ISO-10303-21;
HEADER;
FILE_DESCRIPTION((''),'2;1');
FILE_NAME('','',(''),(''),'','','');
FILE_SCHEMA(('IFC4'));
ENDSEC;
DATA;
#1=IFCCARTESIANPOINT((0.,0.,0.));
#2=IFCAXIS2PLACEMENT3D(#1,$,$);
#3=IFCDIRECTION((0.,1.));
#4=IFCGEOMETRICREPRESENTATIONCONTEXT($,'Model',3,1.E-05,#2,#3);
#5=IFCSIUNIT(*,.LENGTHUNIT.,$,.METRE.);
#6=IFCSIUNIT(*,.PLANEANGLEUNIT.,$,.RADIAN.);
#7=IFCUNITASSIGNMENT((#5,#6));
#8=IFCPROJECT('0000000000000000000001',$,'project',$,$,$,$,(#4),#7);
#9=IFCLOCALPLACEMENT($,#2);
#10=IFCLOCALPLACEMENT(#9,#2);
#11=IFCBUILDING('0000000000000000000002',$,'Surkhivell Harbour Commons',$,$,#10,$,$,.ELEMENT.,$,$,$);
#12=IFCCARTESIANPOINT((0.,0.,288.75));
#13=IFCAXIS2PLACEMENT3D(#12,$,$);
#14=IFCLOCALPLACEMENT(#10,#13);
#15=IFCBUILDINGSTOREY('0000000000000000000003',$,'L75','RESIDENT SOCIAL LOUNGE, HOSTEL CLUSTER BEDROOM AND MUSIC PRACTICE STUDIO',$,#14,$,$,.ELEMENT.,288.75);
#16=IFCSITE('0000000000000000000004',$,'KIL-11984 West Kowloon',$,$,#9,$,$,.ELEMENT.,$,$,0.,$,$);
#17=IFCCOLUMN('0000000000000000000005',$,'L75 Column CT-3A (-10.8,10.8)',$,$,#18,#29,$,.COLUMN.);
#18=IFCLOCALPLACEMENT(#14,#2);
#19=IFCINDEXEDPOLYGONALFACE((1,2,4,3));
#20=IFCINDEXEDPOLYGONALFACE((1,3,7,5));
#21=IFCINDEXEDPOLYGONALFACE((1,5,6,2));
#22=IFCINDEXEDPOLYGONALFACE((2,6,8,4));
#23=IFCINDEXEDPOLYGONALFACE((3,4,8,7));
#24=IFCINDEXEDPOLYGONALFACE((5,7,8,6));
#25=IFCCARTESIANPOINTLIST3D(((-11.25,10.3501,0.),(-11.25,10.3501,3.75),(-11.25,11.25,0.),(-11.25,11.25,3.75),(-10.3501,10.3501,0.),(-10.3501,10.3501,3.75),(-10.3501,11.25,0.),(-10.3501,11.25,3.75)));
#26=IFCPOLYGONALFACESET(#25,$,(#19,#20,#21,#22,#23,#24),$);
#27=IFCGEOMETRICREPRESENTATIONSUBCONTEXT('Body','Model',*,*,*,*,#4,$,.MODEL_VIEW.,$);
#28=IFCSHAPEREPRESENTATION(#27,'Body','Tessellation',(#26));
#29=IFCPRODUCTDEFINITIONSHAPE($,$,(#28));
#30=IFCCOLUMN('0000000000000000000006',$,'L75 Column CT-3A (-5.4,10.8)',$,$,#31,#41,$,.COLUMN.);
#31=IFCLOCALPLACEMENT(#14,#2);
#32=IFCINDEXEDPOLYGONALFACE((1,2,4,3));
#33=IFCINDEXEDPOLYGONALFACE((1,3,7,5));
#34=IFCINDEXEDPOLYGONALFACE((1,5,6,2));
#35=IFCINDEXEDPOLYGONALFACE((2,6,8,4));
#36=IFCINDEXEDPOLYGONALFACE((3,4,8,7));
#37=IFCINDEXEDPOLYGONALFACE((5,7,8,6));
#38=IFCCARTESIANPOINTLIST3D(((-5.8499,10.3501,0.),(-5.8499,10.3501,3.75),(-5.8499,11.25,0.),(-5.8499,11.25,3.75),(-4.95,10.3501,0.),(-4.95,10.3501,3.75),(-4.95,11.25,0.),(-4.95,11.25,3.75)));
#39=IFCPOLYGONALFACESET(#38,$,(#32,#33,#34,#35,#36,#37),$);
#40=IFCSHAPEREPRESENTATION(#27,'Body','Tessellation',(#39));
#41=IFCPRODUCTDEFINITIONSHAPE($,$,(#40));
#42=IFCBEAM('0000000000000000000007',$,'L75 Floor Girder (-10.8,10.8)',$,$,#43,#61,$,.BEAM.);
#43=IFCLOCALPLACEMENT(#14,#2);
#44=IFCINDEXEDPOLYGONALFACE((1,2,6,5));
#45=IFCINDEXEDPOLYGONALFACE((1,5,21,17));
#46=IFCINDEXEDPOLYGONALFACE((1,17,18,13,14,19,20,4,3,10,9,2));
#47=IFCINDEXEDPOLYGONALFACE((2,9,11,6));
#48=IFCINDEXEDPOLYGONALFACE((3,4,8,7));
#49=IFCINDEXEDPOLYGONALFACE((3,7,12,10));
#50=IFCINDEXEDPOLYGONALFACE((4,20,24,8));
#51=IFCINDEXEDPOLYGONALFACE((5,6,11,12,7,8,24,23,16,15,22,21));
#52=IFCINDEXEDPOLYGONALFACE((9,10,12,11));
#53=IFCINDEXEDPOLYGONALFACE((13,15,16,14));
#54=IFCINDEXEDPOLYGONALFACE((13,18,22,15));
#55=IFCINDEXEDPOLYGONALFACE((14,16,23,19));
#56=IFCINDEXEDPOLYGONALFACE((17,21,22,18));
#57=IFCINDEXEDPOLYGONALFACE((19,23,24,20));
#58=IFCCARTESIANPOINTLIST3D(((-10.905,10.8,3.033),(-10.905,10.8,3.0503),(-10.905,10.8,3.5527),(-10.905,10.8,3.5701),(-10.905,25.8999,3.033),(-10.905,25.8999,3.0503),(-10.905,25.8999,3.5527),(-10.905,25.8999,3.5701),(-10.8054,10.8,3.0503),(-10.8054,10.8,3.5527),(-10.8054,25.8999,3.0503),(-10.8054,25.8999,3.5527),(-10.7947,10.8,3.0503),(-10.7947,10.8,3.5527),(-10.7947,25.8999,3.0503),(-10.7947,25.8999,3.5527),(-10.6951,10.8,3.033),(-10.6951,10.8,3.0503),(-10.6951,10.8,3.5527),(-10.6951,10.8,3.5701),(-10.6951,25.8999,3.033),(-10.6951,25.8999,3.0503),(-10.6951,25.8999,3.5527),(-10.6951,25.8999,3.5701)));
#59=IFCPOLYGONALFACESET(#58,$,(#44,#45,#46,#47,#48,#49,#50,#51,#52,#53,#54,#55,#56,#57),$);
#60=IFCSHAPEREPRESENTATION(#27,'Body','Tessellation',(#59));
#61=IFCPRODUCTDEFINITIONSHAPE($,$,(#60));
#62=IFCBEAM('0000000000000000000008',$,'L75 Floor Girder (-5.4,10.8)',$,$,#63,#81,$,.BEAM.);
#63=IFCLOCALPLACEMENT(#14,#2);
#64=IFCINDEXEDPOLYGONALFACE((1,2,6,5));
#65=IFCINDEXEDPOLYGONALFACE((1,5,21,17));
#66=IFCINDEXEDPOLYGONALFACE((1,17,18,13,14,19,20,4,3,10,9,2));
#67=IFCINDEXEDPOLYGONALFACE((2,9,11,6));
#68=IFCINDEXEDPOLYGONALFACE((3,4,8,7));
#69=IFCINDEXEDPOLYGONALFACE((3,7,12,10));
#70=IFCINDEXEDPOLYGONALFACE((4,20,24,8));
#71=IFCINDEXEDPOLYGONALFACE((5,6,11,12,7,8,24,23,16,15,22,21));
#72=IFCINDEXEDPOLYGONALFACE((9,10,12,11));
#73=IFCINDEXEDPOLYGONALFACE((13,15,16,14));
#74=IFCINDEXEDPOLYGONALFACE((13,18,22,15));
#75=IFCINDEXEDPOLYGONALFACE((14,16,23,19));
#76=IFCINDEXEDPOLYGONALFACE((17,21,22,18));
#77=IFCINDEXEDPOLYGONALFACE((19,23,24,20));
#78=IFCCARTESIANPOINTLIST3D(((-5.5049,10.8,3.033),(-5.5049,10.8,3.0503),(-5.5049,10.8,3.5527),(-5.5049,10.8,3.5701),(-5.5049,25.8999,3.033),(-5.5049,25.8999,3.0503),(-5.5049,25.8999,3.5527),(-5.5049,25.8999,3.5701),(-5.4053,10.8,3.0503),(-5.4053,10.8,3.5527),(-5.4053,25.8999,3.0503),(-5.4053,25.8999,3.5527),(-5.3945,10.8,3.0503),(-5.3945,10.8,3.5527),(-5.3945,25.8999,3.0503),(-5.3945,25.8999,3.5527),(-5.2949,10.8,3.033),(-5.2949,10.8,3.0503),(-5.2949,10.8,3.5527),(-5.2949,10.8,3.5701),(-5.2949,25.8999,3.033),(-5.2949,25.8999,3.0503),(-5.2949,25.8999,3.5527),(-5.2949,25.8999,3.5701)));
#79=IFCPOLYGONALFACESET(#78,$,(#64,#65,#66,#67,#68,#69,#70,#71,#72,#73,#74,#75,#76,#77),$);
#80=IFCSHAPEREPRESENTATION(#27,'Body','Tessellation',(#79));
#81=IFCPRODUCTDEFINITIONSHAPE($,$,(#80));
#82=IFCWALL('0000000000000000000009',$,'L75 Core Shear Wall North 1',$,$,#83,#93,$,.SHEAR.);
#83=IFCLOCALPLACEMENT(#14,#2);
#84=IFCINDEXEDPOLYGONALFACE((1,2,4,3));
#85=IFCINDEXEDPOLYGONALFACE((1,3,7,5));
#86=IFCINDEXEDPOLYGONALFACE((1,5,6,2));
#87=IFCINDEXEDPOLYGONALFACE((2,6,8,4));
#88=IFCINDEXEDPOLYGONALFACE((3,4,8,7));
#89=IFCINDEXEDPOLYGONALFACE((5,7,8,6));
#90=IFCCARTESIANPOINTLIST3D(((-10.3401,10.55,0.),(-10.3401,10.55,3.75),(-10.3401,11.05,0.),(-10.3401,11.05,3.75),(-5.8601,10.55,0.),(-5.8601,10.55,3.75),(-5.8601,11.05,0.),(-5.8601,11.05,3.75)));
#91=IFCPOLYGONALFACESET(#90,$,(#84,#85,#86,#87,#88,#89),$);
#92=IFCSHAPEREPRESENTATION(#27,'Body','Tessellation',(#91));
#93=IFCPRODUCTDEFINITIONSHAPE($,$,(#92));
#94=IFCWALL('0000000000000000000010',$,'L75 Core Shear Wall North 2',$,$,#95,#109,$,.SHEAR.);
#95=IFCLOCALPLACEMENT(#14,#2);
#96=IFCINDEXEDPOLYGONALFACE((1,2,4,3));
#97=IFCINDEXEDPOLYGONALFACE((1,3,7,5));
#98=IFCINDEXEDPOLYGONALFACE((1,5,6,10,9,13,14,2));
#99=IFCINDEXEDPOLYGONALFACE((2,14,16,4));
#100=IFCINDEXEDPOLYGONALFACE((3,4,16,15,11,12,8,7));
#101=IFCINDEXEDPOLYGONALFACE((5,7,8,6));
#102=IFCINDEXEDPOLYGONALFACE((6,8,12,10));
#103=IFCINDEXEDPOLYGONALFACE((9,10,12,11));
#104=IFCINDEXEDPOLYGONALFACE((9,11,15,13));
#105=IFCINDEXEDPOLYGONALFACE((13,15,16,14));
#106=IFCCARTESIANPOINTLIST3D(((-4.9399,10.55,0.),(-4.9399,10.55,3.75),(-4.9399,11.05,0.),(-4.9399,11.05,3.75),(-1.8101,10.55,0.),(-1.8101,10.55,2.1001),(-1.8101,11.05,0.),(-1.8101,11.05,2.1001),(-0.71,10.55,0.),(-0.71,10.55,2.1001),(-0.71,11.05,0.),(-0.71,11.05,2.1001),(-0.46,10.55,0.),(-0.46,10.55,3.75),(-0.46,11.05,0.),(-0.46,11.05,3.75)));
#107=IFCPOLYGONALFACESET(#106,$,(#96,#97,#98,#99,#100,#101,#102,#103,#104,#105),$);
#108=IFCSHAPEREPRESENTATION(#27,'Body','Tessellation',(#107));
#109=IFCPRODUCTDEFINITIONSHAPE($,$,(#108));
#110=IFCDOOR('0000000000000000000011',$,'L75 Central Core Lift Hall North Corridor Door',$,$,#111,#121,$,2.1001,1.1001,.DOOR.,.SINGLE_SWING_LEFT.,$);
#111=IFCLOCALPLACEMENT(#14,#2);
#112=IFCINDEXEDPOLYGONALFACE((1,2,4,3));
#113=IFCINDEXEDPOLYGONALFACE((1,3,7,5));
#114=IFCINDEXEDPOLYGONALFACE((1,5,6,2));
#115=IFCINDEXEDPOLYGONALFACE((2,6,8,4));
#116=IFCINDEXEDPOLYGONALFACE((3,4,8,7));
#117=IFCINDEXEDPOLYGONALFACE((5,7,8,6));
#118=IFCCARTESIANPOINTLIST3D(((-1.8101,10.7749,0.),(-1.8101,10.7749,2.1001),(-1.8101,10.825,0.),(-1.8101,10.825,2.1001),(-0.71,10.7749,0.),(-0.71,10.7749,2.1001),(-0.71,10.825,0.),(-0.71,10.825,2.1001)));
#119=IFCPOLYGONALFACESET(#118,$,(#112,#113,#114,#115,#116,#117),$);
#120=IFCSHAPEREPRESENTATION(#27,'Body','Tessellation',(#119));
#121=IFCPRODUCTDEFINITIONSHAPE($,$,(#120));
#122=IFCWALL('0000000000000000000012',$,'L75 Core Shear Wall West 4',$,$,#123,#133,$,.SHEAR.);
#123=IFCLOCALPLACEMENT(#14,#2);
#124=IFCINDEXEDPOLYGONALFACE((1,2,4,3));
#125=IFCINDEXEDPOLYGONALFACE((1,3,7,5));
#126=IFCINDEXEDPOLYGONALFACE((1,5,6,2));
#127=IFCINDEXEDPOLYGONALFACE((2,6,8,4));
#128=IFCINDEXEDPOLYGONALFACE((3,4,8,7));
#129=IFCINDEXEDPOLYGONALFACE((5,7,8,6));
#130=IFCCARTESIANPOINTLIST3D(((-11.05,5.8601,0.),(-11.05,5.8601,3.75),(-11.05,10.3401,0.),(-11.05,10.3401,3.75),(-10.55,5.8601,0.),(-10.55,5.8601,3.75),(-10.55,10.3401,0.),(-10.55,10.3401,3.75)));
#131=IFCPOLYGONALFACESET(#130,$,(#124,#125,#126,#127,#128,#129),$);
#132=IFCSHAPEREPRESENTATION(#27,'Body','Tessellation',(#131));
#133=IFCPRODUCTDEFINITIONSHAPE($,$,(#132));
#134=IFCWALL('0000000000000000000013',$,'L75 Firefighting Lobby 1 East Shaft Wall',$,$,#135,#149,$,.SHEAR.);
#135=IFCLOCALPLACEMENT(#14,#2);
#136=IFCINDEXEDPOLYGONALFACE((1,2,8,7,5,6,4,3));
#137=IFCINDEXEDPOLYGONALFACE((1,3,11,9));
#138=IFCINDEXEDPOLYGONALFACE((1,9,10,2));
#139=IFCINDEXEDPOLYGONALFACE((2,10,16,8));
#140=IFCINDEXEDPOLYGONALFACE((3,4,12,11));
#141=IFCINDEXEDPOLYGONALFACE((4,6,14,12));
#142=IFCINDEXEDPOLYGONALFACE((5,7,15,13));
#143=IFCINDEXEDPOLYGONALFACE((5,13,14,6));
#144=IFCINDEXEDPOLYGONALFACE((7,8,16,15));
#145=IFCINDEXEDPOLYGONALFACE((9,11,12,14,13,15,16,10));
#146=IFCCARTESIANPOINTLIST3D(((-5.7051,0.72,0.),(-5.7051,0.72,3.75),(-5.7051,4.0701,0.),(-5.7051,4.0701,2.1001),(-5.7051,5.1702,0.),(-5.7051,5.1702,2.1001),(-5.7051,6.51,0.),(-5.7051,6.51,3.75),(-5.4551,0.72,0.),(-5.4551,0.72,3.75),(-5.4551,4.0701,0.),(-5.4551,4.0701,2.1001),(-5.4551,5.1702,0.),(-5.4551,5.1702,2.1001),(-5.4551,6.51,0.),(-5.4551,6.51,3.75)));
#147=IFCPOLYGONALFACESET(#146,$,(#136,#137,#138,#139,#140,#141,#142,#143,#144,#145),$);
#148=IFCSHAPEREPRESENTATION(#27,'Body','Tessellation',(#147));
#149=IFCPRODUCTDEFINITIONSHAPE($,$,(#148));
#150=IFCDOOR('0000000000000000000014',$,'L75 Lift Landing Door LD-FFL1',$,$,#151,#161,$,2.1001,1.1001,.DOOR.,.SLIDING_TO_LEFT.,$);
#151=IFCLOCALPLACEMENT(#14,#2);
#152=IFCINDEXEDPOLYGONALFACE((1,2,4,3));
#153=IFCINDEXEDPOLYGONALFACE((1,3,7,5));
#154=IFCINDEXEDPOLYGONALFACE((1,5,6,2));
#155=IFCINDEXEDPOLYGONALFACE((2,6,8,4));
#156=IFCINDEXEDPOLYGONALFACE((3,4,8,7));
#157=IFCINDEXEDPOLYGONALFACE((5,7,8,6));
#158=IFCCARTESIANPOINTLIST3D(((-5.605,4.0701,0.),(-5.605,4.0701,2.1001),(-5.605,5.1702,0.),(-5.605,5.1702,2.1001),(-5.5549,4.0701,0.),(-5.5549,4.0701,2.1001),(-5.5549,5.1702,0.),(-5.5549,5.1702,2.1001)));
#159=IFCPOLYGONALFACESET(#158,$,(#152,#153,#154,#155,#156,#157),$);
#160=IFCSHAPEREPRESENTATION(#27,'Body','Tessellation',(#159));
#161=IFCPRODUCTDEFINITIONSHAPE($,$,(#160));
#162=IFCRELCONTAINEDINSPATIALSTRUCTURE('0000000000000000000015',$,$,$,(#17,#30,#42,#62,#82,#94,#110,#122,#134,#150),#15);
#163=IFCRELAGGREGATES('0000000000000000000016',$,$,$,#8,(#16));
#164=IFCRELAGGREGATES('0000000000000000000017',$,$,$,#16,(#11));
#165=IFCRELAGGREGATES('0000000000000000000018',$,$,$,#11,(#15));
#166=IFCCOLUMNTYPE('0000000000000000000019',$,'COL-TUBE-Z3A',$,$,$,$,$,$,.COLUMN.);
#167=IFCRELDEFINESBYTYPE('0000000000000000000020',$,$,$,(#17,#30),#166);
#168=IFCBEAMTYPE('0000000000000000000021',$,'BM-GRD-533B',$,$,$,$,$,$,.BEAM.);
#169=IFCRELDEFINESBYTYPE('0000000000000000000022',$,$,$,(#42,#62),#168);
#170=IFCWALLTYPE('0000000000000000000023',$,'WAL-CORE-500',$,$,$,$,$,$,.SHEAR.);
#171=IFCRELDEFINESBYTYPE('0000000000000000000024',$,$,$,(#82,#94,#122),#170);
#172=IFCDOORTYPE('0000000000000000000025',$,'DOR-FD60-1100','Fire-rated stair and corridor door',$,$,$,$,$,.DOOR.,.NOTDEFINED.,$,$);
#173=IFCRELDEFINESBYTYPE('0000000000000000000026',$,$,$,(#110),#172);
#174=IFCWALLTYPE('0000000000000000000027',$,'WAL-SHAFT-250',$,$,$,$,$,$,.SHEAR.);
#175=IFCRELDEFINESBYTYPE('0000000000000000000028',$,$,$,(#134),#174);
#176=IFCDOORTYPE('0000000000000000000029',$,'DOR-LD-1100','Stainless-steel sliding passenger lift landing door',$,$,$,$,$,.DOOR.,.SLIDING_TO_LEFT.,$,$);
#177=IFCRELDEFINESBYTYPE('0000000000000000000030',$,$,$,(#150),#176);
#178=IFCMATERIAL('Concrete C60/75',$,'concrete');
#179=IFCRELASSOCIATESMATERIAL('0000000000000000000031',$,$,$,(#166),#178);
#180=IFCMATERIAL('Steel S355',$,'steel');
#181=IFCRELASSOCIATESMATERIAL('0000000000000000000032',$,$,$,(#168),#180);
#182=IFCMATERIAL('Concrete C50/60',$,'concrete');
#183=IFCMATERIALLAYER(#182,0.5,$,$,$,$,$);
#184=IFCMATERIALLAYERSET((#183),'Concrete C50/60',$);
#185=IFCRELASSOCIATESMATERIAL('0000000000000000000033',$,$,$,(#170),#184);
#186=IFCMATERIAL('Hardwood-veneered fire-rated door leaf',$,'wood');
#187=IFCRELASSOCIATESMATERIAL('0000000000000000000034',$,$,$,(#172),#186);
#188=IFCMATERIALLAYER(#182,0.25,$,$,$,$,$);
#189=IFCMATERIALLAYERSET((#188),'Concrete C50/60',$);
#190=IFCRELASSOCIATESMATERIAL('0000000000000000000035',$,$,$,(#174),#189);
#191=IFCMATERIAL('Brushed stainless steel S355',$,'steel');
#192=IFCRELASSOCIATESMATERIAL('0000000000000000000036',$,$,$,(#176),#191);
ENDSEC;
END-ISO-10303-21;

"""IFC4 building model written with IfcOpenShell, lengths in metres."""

from ifc_helpers import new_model, si_unit, direction, frame, frame_2d, origin, origin_2d, place, context, subcontext, project, spatial, rectangle, i_section, extrude, material, layer, layer_set, material_profile, profile_set, type_object, element, fill, save


model = new_model("IFC4")

# Units and contexts
model_context = context("Model", 3, precision=1e-05, world=origin(), true_north=direction((0.0, 1.0)))
body_context = subcontext(model_context, "Body", "Model", "MODEL_VIEW")
ifc_project = project(units=[si_unit("LENGTHUNIT", "METRE"), si_unit("PLANEANGLEUNIT", "RADIAN")], contexts=[model_context])

# Site, building, storey
site_placement = place(None, origin())
site = spatial("IfcSite", under=ifc_project, at=site_placement, Name="KIL-11984 West Kowloon", CompositionType="ELEMENT", RefElevation=0.0)
building_placement = place(site_placement, origin())
building = spatial("IfcBuilding", under=site, at=building_placement, Name="Surkhivell Harbour Commons", CompositionType="ELEMENT")
storey_placement = place(building_placement, frame((0.0, 0.0, 288.75)))
storey = spatial("IfcBuildingStorey", under=building, at=storey_placement, Name="L75", Description="RESIDENT SOCIAL LOUNGE, HOSTEL CLUSTER BEDROOM AND MUSIC PRACTICE STUDIO", CompositionType="ELEMENT", Elevation=288.75)

# Columns
ifc_material_1 = material(Name="Concrete C60/75", Category="concrete")
ifc_material_profile_1 = material_profile(ifc_material_1, rectangle(XDim=0.8999, YDim=0.8999, at=origin_2d()), Name="RC-COL-900x900")
ifc_profile_set_1 = profile_set([ifc_material_profile_1], Name="Concrete C60/75")
column_type = type_object("IfcColumnType", Name="COL-TUBE-Z3A", PredefinedType="COLUMN", material=ifc_profile_set_1)
for number, where, z_axis, x_axis, name in (
    (1, (-10.8, 10.8, 0.0), (0.0, 0.0, 1.0), (1.0, 0.0, 0.0), "L75 Column CT-3A (-10.8,10.8)"),
    (2, (-5.3999, 10.8, 0.0), (0.0, 0.0, 1.0), (1.0, 0.0, 0.0), "L75 Column CT-3A (-5.4,10.8)"),
):
    element("IfcColumn", number, at=place(storey_placement, frame(where, z_axis=z_axis, x_axis=x_axis)), inside=storey, type_object=column_type, Name=name, PredefinedType="COLUMN", context=body_context, shape_type="SweptSolid", body=[
        extrude(rectangle(XDim=0.8999, YDim=0.8999, at=origin_2d()), origin(), (0.0, 0.0, 1.0), 3.75),
    ])

# Beams
ifc_material_2 = material(Name="Steel S355", Category="steel")
ifc_material_profile_2 = material_profile(ifc_material_2, i_section(OverallWidth=0.21, OverallDepth=0.5371, WebThickness=0.0107, FlangeThickness=0.0173, at=origin_2d()), Name="UB533x210x101")
ifc_profile_set_2 = profile_set([ifc_material_profile_2], Name="Steel S355")
beam_type = type_object("IfcBeamType", Name="BM-GRD-533B", PredefinedType="BEAM", material=ifc_profile_set_2)
for number, where, z_axis, x_axis, name in (
    (3, (-10.8, 10.8, 3.3015), (0.0, 1.0, 0.0), (-1.0, 0.0, 0.0), "L75 Floor Girder (-10.8,10.8)"),
    (4, (-5.3999, 10.8, 3.3015), (0.0, 1.0, 0.0), (-1.0, 0.0, 0.0), "L75 Floor Girder (-5.4,10.8)"),
):
    element("IfcBeam", number, at=place(storey_placement, frame(where, z_axis=z_axis, x_axis=x_axis)), inside=storey, type_object=beam_type, Name=name, PredefinedType="BEAM", context=body_context, shape_type="SweptSolid", body=[
        extrude(i_section(OverallWidth=0.21, OverallDepth=0.5371, WebThickness=0.0107, FlangeThickness=0.0173, at=origin_2d()), origin(), (0.0, 0.0, 1.0), 15.0999),
    ])

# Wall
ifc_material_3 = material(Name="Concrete C50/60", Category="concrete")
ifc_layer_1 = layer(ifc_material_3, 0.5)
ifc_layer_set_1 = layer_set([ifc_layer_1], Name="Concrete C50/60")
wall_type_1 = type_object("IfcWallType", Name="WAL-CORE-500", PredefinedType="SHEAR", material=ifc_layer_set_1)
wall_1_placement = place(storey_placement, frame((-10.3401, 10.8, 0.0), z_axis=(0.0, 0.0, 1.0), x_axis=(1.0, 0.0, 0.0)))
element("IfcWall", 5, at=wall_1_placement, inside=storey, type_object=wall_type_1, Name="L75 Core Shear Wall North 1", PredefinedType="SHEAR", context=body_context, shape_type="SweptSolid", body=[
    extrude(rectangle(XDim=4.48, YDim=0.5, at=frame_2d((2.24, 0.0))), origin(), (0.0, 0.0, 1.0), 3.75),
])

# Wall, opening, door
wall_2_placement = place(storey_placement, frame((-4.9399, 10.8, 0.0), z_axis=(0.0, 0.0, 1.0), x_axis=(1.0, 0.0, 0.0)))
wall_2 = element("IfcWall", 6, at=wall_2_placement, inside=storey, type_object=wall_type_1, Name="L75 Core Shear Wall North 2", PredefinedType="SHEAR", context=body_context, shape_type="SweptSolid", body=[
    extrude(rectangle(XDim=4.48, YDim=0.5, at=frame_2d((2.24, 0.0))), origin(), (0.0, 0.0, 1.0), 3.75),
])
opening_1_placement = place(wall_2_placement, frame((3.1299, 0.0, 0.0)))
opening_1 = element("IfcOpeningElement", 7, at=opening_1_placement, cuts=wall_2, PredefinedType="OPENING", context=body_context, shape_type="SweptSolid", body=[
    extrude(rectangle(XDim=1.1001, YDim=2.1001, at=frame_2d((0.55, 1.05))), frame((0.0, 0.26, 0.0), z_axis=(0.0, -1.0, 0.0), x_axis=(1.0, 0.0, 0.0)), (0.0, 0.0, 1.0), 0.52),
])
ifc_material_4 = material(Name="Hardwood-veneered fire-rated door leaf", Category="wood")
door_type_1 = type_object("IfcDoorType", Name="DOR-FD60-1100", Description="Fire-rated stair and corridor door", OperationType="NOTDEFINED", PredefinedType="DOOR", material=ifc_material_4)
door_1_placement = place(opening_1_placement, origin())
door_1 = element("IfcDoor", 8, at=door_1_placement, inside=storey, type_object=door_type_1, Name="L75 Central Core Lift Hall North Corridor Door", OperationType="SINGLE_SWING_LEFT", OverallHeight=2.1001, OverallWidth=1.1001, PredefinedType="DOOR", context=body_context, shape_type="SweptSolid", body=[
    extrude(rectangle(XDim=1.1001, YDim=2.1001, at=frame_2d((0.55, 1.05))), frame((0.0, 0.0249, 0.0), z_axis=(0.0, -1.0, 0.0), x_axis=(1.0, 0.0, 0.0)), (0.0, 0.0, 1.0), 0.05),
])
fill(opening_1, door_1)

# Wall
wall_3_placement = place(storey_placement, frame((-10.8, 5.8601, 0.0), z_axis=(0.0, 0.0, 1.0), x_axis=(0.0, 1.0, 0.0)))
element("IfcWall", 9, at=wall_3_placement, inside=storey, type_object=wall_type_1, Name="L75 Core Shear Wall West 4", PredefinedType="SHEAR", context=body_context, shape_type="SweptSolid", body=[
    extrude(rectangle(XDim=4.48, YDim=0.5, at=frame_2d((2.24, 0.0))), origin(), (0.0, 0.0, 1.0), 3.75),
])

# Wall, opening, door
ifc_layer_2 = layer(ifc_material_3, 0.25)
ifc_layer_set_2 = layer_set([ifc_layer_2], Name="Concrete C50/60")
wall_type_2 = type_object("IfcWallType", Name="WAL-SHAFT-250", PredefinedType="SHEAR", material=ifc_layer_set_2)
wall_4_placement = place(storey_placement, frame((-5.5801, 0.72, 0.0), z_axis=(0.0, 0.0, 1.0), x_axis=(0.0, 1.0, 0.0)))
wall_4 = element("IfcWall", 10, at=wall_4_placement, inside=storey, type_object=wall_type_2, Name="L75 Firefighting Lobby 1 East Shaft Wall", PredefinedType="SHEAR", context=body_context, shape_type="SweptSolid", body=[
    extrude(rectangle(XDim=5.79, YDim=0.25, at=frame_2d((2.895, 0.0))), origin(), (0.0, 0.0, 1.0), 3.75),
])
opening_2_placement = place(wall_4_placement, frame((3.3501, 0.0, 0.0)))
opening_2 = element("IfcOpeningElement", 11, at=opening_2_placement, cuts=wall_4, PredefinedType="OPENING", context=body_context, shape_type="SweptSolid", body=[
    extrude(rectangle(XDim=1.1001, YDim=2.1001, at=frame_2d((0.55, 1.05))), frame((0.0, 0.135, 0.0), z_axis=(0.0, -1.0, 0.0), x_axis=(1.0, 0.0, 0.0)), (0.0, 0.0, 1.0), 0.27),
])
ifc_material_5 = material(Name="Brushed stainless steel S355", Category="steel")
door_type_2 = type_object("IfcDoorType", Name="DOR-LD-1100", Description="Stainless-steel sliding passenger lift landing door", OperationType="SLIDING_TO_LEFT", PredefinedType="DOOR", material=ifc_material_5)
door_2_placement = place(opening_2_placement, origin())
door_2 = element("IfcDoor", 12, at=door_2_placement, inside=storey, type_object=door_type_2, Name="L75 Lift Landing Door LD-FFL1", OperationType="SLIDING_TO_LEFT", OverallHeight=2.1001, OverallWidth=1.1001, PredefinedType="DOOR", context=body_context, shape_type="SweptSolid", body=[
    extrude(rectangle(XDim=1.1001, YDim=2.1001, at=frame_2d((0.55, 1.05))), frame((0.0, 0.0249, 0.0), z_axis=(0.0, -1.0, 0.0), x_axis=(1.0, 0.0, 0.0)), (0.0, 0.0, 1.0), 0.05),
])
fill(opening_2, door_2)

save(model, "model.ifc")
